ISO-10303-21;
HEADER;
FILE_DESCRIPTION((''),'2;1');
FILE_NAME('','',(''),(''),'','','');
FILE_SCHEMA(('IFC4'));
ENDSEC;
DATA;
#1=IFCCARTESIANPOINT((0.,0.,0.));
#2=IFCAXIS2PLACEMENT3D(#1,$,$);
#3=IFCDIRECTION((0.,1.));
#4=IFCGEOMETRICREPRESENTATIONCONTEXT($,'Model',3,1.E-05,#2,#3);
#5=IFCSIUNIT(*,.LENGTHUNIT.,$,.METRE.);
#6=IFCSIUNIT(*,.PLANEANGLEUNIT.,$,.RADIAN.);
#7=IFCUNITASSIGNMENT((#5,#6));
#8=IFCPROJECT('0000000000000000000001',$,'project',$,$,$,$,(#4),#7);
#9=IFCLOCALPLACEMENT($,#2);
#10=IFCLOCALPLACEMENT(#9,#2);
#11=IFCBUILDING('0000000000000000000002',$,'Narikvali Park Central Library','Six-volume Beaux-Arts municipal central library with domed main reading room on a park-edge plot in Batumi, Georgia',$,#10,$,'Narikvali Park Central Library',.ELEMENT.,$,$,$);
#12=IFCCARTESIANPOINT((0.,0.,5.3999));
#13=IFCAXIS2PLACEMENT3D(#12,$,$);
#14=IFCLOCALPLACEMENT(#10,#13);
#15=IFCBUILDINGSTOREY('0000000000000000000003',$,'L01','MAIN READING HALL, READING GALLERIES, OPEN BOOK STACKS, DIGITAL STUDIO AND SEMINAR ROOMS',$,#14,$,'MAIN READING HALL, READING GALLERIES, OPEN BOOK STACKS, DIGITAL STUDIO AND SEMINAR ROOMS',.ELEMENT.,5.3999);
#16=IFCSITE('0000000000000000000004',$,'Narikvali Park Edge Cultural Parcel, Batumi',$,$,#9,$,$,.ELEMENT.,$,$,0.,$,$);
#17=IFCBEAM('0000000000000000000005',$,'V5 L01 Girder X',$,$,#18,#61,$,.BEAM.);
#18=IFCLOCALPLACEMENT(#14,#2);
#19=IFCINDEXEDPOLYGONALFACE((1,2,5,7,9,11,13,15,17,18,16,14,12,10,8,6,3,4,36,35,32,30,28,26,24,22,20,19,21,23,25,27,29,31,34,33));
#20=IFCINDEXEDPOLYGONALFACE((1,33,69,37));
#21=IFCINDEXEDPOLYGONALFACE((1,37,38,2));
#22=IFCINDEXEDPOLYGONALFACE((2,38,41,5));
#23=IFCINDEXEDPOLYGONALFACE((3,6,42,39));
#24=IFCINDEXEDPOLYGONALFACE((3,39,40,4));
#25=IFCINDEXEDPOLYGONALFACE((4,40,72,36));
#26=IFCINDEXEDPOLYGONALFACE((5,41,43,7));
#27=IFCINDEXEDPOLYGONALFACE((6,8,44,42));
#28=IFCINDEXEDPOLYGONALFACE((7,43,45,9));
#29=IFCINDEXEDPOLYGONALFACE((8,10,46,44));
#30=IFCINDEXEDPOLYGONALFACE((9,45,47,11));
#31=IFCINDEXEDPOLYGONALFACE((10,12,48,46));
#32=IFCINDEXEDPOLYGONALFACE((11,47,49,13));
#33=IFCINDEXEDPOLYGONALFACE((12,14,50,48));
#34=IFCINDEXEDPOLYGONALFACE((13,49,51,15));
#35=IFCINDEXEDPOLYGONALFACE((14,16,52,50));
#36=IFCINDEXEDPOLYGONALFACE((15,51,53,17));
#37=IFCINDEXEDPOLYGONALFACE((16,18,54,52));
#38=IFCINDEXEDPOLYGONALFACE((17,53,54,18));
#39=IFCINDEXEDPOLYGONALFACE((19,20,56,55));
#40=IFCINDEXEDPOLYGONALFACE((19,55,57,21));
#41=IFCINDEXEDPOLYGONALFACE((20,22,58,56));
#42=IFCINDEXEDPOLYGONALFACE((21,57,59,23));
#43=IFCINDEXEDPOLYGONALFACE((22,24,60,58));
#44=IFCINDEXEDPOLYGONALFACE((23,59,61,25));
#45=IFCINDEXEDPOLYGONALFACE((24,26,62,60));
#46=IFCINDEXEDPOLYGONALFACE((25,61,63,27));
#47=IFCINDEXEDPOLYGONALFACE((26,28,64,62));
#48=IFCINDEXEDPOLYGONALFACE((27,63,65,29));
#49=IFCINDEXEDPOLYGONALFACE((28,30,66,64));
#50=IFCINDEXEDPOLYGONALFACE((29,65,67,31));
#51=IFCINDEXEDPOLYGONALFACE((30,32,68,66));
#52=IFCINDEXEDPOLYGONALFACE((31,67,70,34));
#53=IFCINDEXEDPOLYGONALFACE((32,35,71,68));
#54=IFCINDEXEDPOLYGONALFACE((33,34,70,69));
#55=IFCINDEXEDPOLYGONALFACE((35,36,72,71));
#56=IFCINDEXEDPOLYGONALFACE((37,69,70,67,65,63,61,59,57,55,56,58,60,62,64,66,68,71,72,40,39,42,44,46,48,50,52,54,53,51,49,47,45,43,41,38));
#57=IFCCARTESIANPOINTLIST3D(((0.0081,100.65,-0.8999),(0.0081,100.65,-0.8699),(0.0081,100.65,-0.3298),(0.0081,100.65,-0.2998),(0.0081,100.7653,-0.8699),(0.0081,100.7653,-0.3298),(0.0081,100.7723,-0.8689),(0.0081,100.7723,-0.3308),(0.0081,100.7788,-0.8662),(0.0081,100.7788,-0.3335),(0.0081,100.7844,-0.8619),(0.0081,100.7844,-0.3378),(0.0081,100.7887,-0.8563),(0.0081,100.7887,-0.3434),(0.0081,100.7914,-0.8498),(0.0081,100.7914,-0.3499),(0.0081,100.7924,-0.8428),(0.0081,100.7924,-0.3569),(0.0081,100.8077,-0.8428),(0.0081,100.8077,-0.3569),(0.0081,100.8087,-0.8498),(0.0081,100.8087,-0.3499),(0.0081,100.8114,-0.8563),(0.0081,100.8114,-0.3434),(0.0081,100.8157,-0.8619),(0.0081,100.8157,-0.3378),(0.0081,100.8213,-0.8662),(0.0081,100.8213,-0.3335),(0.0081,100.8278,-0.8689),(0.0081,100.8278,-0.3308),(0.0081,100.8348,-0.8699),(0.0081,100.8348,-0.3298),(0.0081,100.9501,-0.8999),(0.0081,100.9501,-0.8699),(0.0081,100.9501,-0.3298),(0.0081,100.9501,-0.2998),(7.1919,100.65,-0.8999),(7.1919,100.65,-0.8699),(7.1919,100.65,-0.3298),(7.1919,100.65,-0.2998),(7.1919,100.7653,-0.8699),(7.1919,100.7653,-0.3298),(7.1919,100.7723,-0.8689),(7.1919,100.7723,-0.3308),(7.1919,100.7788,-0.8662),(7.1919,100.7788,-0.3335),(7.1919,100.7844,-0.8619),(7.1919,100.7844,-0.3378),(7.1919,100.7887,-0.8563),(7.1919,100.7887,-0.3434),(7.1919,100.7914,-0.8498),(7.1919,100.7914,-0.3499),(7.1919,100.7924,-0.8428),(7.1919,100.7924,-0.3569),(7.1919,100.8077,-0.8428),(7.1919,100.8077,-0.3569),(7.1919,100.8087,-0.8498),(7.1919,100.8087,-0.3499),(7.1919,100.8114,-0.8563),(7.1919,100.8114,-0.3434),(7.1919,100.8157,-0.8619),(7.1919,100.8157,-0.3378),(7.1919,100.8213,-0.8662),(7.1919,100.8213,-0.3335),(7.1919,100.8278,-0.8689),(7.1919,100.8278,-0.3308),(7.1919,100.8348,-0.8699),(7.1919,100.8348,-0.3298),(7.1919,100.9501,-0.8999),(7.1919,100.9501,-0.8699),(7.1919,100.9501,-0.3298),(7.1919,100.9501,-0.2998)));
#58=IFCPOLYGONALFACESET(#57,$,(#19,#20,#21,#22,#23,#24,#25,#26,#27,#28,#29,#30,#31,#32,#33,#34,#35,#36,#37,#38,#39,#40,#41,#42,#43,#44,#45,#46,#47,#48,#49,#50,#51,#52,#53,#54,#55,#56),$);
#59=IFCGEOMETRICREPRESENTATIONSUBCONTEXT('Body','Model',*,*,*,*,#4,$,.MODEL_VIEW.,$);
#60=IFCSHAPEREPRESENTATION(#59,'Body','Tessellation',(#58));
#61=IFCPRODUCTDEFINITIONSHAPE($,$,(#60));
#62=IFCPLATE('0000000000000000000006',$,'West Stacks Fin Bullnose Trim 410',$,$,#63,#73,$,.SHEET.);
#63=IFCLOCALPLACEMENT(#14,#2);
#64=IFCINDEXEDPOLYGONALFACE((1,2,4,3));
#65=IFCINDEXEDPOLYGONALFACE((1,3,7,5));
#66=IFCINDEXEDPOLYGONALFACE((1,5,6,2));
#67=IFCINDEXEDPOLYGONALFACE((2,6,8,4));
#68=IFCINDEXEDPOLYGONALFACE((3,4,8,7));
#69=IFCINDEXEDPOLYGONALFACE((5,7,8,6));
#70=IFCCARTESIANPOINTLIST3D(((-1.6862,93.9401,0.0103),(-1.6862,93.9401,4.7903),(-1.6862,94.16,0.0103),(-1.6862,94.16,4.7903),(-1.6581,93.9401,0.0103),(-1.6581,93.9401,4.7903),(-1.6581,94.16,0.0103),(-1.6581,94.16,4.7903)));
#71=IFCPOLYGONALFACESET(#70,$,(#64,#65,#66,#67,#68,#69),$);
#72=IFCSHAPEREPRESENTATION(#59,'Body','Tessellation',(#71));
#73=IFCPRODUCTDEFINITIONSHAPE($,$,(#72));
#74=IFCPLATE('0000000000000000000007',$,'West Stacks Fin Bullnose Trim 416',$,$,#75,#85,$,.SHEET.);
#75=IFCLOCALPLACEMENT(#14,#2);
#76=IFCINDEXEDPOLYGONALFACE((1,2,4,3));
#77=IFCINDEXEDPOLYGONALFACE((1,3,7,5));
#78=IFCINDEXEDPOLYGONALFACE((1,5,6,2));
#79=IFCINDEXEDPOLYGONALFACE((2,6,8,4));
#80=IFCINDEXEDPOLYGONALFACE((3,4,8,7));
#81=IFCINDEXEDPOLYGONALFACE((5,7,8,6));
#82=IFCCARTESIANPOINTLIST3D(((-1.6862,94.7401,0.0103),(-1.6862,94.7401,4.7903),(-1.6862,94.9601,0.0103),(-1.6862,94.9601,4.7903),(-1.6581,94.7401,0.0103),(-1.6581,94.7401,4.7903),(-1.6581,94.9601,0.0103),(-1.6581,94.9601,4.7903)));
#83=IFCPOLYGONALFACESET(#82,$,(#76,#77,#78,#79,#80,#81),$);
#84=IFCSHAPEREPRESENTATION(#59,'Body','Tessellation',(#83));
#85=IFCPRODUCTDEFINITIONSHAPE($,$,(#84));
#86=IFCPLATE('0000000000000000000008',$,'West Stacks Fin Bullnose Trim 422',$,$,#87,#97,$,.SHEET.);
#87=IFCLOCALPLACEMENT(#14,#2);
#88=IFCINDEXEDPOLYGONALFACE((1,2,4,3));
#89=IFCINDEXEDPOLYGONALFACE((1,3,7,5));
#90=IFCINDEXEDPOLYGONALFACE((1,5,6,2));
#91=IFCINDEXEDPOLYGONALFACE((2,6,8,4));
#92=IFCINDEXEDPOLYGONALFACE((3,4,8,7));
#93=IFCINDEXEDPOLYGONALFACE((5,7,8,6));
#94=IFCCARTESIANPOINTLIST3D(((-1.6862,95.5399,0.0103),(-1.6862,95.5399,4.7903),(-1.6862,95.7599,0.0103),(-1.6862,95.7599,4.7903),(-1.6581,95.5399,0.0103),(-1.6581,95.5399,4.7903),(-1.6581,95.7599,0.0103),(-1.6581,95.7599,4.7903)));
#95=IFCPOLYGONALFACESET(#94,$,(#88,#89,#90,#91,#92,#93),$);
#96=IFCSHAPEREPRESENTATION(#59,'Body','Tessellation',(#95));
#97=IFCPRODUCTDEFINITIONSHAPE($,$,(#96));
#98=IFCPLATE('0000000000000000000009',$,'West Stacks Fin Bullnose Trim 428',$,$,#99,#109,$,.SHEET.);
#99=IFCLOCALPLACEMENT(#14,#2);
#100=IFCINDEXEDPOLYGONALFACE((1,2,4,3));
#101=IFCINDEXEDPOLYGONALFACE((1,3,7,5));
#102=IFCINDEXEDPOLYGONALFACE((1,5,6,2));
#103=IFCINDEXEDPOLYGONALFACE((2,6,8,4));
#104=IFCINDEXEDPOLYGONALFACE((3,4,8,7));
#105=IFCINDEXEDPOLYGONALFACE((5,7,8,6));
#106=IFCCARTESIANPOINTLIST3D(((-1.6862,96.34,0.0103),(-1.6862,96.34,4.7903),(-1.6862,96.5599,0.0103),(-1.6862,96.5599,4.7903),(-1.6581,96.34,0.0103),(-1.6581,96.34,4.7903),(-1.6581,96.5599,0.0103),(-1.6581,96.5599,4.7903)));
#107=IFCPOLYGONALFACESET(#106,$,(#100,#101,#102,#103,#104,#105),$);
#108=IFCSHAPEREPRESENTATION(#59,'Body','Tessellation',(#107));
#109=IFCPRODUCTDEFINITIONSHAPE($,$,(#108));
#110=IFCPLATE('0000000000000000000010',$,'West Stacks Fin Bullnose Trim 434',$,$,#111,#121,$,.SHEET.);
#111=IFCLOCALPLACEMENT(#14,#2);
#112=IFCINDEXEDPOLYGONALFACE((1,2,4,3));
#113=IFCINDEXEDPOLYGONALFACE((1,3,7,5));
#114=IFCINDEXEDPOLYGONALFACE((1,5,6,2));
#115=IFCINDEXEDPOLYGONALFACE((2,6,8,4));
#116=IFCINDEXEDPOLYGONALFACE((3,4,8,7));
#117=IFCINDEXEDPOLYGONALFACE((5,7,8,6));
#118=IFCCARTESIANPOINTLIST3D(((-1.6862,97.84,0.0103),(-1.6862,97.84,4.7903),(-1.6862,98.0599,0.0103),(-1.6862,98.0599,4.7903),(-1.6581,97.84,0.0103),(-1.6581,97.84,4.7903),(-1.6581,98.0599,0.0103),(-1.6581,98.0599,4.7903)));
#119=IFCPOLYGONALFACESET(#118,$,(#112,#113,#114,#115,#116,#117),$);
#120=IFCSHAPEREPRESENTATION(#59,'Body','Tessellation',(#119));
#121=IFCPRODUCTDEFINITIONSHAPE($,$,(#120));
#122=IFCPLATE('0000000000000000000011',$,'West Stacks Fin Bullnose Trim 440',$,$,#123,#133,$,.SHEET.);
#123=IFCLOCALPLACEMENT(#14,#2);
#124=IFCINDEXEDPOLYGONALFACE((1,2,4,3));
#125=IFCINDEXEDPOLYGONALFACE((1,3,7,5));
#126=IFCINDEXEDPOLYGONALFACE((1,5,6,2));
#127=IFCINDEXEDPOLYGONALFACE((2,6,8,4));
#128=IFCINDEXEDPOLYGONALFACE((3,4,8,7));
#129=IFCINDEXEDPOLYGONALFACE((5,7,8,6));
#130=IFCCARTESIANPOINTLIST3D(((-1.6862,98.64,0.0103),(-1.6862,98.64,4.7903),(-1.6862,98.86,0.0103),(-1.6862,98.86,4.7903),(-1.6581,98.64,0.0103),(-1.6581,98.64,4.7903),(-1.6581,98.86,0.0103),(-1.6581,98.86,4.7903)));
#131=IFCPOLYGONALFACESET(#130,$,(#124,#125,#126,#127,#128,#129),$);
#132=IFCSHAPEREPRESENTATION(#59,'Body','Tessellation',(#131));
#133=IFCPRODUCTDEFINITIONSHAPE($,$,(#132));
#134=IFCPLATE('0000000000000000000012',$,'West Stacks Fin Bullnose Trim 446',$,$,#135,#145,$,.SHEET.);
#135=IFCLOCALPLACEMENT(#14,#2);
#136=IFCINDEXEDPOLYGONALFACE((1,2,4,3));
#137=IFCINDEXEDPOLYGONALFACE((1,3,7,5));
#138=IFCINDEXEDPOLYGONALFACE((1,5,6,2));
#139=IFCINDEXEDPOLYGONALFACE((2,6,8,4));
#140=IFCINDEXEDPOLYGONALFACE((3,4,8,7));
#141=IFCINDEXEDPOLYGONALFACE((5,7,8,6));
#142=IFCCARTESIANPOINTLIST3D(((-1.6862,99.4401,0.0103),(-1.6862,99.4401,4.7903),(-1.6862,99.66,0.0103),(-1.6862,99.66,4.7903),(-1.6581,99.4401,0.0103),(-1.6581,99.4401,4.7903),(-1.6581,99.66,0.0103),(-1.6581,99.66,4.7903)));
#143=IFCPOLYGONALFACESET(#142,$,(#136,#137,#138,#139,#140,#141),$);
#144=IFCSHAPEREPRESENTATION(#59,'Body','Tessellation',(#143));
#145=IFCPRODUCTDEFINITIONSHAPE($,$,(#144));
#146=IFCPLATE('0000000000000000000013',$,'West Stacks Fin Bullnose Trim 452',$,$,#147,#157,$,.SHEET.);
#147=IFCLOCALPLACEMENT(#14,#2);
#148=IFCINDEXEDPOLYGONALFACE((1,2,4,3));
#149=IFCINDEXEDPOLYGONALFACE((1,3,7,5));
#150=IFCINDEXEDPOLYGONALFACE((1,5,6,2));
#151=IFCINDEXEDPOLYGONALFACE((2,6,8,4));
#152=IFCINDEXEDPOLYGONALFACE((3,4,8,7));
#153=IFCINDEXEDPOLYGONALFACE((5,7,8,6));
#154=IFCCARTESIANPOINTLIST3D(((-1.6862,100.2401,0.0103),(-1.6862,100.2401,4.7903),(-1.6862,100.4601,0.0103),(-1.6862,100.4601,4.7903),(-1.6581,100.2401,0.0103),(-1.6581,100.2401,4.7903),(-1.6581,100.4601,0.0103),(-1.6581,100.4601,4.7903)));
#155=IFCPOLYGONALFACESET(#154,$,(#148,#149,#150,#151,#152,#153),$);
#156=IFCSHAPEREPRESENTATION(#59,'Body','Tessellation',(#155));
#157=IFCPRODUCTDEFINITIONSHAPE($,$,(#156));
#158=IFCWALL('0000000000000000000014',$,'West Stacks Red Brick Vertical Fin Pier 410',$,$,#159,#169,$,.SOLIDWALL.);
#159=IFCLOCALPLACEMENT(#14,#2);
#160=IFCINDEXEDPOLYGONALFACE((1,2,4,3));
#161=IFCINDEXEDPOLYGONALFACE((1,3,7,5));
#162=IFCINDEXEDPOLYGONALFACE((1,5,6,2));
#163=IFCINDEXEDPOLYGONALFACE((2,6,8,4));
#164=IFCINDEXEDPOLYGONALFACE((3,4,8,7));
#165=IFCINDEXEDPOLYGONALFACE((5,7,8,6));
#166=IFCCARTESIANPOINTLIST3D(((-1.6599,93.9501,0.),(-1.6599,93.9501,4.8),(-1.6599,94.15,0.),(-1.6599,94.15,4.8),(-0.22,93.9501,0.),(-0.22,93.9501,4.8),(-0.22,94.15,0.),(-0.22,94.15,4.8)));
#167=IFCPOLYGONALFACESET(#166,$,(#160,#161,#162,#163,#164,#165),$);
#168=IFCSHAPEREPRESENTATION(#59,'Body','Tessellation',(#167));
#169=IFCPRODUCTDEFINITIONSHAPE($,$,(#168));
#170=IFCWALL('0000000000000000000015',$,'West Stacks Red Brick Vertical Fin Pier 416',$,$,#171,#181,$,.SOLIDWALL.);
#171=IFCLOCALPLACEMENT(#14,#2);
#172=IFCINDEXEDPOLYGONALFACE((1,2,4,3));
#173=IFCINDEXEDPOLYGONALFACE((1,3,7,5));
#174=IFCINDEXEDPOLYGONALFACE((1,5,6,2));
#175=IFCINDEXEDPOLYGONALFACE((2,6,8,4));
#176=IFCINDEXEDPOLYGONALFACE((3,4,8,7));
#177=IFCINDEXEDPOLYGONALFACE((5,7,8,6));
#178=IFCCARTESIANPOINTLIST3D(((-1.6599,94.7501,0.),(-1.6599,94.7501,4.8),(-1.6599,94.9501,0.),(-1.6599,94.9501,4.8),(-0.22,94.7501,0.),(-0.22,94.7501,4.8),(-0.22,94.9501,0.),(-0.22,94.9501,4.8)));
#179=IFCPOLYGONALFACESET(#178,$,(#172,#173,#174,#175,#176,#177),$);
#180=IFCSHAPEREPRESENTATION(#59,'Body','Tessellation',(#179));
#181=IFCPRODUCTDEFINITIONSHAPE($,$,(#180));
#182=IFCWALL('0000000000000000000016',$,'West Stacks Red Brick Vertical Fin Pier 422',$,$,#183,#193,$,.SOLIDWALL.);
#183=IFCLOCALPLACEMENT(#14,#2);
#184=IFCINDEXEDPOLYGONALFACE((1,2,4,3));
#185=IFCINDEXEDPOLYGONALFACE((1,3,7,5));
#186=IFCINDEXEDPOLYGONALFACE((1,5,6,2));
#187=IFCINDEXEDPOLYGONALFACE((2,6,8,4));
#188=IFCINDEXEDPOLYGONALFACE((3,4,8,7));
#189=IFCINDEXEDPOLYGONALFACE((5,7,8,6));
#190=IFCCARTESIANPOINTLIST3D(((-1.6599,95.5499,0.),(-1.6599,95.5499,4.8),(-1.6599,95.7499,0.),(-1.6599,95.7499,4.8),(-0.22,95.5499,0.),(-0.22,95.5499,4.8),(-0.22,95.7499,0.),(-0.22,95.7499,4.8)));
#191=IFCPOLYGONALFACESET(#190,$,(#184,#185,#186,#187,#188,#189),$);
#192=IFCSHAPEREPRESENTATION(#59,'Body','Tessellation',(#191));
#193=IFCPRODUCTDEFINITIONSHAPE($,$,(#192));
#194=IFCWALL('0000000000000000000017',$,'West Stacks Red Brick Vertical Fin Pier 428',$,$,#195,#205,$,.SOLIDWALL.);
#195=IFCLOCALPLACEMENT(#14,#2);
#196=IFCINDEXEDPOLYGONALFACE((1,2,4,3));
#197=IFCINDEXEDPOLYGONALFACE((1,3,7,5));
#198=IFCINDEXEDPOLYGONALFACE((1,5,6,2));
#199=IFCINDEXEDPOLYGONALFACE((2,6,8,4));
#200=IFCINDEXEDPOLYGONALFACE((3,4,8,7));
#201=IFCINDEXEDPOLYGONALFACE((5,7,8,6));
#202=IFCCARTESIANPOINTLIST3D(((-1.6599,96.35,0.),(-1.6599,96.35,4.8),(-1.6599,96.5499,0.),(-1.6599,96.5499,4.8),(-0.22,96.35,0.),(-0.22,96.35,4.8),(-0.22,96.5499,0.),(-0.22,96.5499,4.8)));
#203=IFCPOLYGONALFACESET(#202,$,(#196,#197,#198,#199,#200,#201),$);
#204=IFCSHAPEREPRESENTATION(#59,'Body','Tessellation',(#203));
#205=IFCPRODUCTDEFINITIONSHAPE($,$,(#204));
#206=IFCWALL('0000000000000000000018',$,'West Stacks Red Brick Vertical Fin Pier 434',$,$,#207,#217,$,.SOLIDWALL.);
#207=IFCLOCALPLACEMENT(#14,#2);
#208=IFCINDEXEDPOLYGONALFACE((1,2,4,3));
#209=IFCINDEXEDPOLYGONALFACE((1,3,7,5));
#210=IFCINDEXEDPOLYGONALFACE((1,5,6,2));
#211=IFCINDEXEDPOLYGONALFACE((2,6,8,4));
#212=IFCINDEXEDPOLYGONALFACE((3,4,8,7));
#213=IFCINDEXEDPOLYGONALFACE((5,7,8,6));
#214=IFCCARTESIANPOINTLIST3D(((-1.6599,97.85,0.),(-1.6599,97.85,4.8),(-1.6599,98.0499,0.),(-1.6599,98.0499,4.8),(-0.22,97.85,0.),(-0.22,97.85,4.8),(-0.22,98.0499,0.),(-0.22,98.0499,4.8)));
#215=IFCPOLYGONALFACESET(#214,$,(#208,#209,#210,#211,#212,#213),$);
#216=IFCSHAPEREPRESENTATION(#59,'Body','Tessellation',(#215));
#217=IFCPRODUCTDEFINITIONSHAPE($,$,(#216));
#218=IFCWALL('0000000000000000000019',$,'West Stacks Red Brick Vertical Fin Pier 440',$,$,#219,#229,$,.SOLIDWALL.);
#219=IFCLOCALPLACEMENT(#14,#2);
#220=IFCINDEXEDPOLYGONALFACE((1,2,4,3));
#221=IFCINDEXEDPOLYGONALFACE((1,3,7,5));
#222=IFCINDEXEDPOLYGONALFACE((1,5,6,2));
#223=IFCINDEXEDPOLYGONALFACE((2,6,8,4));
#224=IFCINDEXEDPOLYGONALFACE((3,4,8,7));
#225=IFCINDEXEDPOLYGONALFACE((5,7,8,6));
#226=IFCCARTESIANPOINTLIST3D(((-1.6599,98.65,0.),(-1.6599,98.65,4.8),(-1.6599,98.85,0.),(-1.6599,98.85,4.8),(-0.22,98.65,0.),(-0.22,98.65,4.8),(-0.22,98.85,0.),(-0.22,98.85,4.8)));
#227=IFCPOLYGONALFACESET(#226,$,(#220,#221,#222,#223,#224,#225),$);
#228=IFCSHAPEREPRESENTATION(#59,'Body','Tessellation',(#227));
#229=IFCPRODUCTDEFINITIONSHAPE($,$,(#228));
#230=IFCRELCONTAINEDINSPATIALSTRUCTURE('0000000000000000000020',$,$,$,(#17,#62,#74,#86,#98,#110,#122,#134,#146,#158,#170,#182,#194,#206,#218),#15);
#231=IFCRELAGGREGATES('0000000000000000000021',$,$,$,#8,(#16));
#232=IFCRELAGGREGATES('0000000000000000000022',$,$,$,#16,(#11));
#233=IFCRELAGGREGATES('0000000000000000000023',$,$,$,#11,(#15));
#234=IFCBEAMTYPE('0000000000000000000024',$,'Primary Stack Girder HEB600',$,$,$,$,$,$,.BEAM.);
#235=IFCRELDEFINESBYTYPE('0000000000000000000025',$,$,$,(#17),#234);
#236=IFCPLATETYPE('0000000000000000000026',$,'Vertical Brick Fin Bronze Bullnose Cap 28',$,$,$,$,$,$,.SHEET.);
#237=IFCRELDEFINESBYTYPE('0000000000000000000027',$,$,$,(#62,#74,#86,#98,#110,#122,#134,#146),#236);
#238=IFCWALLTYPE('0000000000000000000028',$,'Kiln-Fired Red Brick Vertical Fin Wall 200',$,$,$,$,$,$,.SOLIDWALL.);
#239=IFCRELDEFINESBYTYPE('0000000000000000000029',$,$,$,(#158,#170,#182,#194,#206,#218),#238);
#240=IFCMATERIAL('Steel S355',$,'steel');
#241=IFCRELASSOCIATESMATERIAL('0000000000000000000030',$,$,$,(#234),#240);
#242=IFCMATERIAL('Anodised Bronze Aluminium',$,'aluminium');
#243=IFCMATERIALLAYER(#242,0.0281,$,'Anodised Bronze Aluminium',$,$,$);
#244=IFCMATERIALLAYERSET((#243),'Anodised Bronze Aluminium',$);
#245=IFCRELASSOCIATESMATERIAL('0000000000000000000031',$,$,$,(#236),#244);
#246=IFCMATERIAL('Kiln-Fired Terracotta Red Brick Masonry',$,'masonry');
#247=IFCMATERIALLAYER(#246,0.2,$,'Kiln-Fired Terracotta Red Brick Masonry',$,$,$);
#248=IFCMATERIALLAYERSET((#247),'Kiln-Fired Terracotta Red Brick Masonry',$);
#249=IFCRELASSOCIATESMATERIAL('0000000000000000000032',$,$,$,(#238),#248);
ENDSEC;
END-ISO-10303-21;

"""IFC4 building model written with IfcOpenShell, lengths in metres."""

from ifc_helpers import new_model, si_unit, direction, frame, frame_2d, origin, origin_2d, place, context, subcontext, project, spatial, rectangle, i_section, extrude, material, layer, layer_set, material_profile, profile_set, type_object, element, save


model = new_model("IFC4")

# Units and contexts
model_context = context("Model", 3, precision=1e-05, world=origin(), true_north=direction((0.0, 1.0)))
body_context = subcontext(model_context, "Body", "Model", "MODEL_VIEW")
ifc_project = project(units=[si_unit("LENGTHUNIT", "METRE"), si_unit("PLANEANGLEUNIT", "RADIAN")], contexts=[model_context])

# Site, building, storey
site_placement = place(None, origin())
site = spatial("IfcSite", under=ifc_project, at=site_placement, Name="Narikvali Park Edge Cultural Parcel, Batumi", CompositionType="ELEMENT", RefElevation=0.0)
building_placement = place(site_placement, origin())
building = spatial("IfcBuilding", under=site, at=building_placement, Name="Narikvali Park Central Library", Description="Six-volume Beaux-Arts municipal central library with domed main reading room on a park-edge plot in Batumi, Georgia", LongName="Narikvali Park Central Library", CompositionType="ELEMENT")
storey_placement = place(building_placement, frame((0.0, 0.0, 5.3999)))
storey = spatial("IfcBuildingStorey", under=building, at=storey_placement, Name="L01", Description="MAIN READING HALL, READING GALLERIES, OPEN BOOK STACKS, DIGITAL STUDIO AND SEMINAR ROOMS", LongName="MAIN READING HALL, READING GALLERIES, OPEN BOOK STACKS, DIGITAL STUDIO AND SEMINAR ROOMS", CompositionType="ELEMENT", Elevation=5.3999)

# Shared definitions
ifc_material_1 = material(Name="Steel S355", Category="steel")

# Beam
ifc_material_profile_1 = material_profile(ifc_material_1, i_section(OverallWidth=0.3, OverallDepth=0.6001, WebThickness=0.0154, FlangeThickness=0.03, FilletRadius=0.0271, at=origin_2d()), Name="HEB 600")
ifc_profile_set_1 = profile_set([ifc_material_profile_1], Name="Steel S355")
beam_type_1 = type_object("IfcBeamType", Name="Primary Stack Girder HEB600", PredefinedType="BEAM", material=ifc_profile_set_1)
beam_1_placement = place(storey_placement, frame((0.0081, 100.8, -0.5999), z_axis=(1.0, 0.0, 0.0), x_axis=(0.0, 1.0, 0.0)))
element("IfcBeam", 1, at=beam_1_placement, inside=storey, type_object=beam_type_1, Name="V5 L01 Girder X", PredefinedType="BEAM", context=body_context, shape_type="SweptSolid", body=[
    extrude(i_section(OverallWidth=0.3, OverallDepth=0.6001, WebThickness=0.0154, FlangeThickness=0.03, FilletRadius=0.0271, at=origin_2d()), origin(), (0.0, 0.0, 1.0), 7.1838),
])

# Plates
ifc_material_2 = material(Name="Anodised Bronze Aluminium", Category="aluminium")
ifc_layer_1 = layer(ifc_material_2, 0.0281, Name="Anodised Bronze Aluminium")
ifc_layer_set_1 = layer_set([ifc_layer_1], Name="Anodised Bronze Aluminium")
plate_type = type_object("IfcPlateType", Name="Vertical Brick Fin Bronze Bullnose Cap 28", PredefinedType="SHEET", material=ifc_layer_set_1)
for number, where, z_axis, x_axis, name in (
    (2, (-1.6721, 94.05, 0.0103), (0.0, 0.0, 1.0), (1.0, 0.0, 0.0), "West Stacks Fin Bullnose Trim 410"),
    (3, (-1.6721, 94.8501, 0.0103), (0.0, 0.0, 1.0), (1.0, 0.0, 0.0), "West Stacks Fin Bullnose Trim 416"),
    (4, (-1.6721, 95.6499, 0.0103), (0.0, 0.0, 1.0), (1.0, 0.0, 0.0), "West Stacks Fin Bullnose Trim 422"),
    (5, (-1.6721, 96.45, 0.0103), (0.0, 0.0, 1.0), (1.0, 0.0, 0.0), "West Stacks Fin Bullnose Trim 428"),
    (6, (-1.6721, 97.95, 0.0103), (0.0, 0.0, 1.0), (1.0, 0.0, 0.0), "West Stacks Fin Bullnose Trim 434"),
    (7, (-1.6721, 98.75, 0.0103), (0.0, 0.0, 1.0), (1.0, 0.0, 0.0), "West Stacks Fin Bullnose Trim 440"),
    (8, (-1.6721, 99.55, 0.0103), (0.0, 0.0, 1.0), (1.0, 0.0, 0.0), "West Stacks Fin Bullnose Trim 446"),
    (9, (-1.6721, 100.3501, 0.0103), (0.0, 0.0, 1.0), (1.0, 0.0, 0.0), "West Stacks Fin Bullnose Trim 452"),
):
    element("IfcPlate", number, at=place(storey_placement, frame(where, z_axis=z_axis, x_axis=x_axis)), inside=storey, type_object=plate_type, Name=name, PredefinedType="SHEET", context=body_context, shape_type="SweptSolid", body=[
        extrude(rectangle(XDim=0.0281, YDim=0.22, at=origin_2d()), origin(), (0.0, 0.0, 1.0), 4.78),
    ])

# Walls
ifc_material_3 = material(Name="Kiln-Fired Terracotta Red Brick Masonry", Category="masonry")
ifc_layer_2 = layer(ifc_material_3, 0.2, Name="Kiln-Fired Terracotta Red Brick Masonry")
ifc_layer_set_2 = layer_set([ifc_layer_2], Name="Kiln-Fired Terracotta Red Brick Masonry")
wall_type_1 = type_object("IfcWallType", Name="Kiln-Fired Red Brick Vertical Fin Wall 200", PredefinedType="SOLIDWALL", material=ifc_layer_set_2)
for number, where, z_axis, x_axis, name in (
    (10, (-1.6599, 94.05, 0.0), (0.0, 0.0, 1.0), (1.0, 0.0, 0.0), "West Stacks Red Brick Vertical Fin Pier 410"),
    (11, (-1.6599, 94.8501, 0.0), (0.0, 0.0, 1.0), (1.0, 0.0, 0.0), "West Stacks Red Brick Vertical Fin Pier 416"),
    (12, (-1.6599, 95.6499, 0.0), (0.0, 0.0, 1.0), (1.0, 0.0, 0.0), "West Stacks Red Brick Vertical Fin Pier 422"),
    (13, (-1.6599, 96.45, 0.0), (0.0, 0.0, 1.0), (1.0, 0.0, 0.0), "West Stacks Red Brick Vertical Fin Pier 428"),
    (14, (-1.6599, 97.95, 0.0), (0.0, 0.0, 1.0), (1.0, 0.0, 0.0), "West Stacks Red Brick Vertical Fin Pier 434"),
    (15, (-1.6599, 98.75, 0.0), (0.0, 0.0, 1.0), (1.0, 0.0, 0.0), "West Stacks Red Brick Vertical Fin Pier 440"),
):
    element("IfcWall", number, at=place(storey_placement, frame(where, z_axis=z_axis, x_axis=x_axis)), inside=storey, type_object=wall_type_1, Name=name, PredefinedType="SOLIDWALL", context=body_context, shape_type="SweptSolid", body=[
        extrude(rectangle(XDim=1.4399, YDim=0.2, at=frame_2d((0.72, 0.0))), origin(), (0.0, 0.0, 1.0), 4.8),
    ])

save(model, "model.ifc")
